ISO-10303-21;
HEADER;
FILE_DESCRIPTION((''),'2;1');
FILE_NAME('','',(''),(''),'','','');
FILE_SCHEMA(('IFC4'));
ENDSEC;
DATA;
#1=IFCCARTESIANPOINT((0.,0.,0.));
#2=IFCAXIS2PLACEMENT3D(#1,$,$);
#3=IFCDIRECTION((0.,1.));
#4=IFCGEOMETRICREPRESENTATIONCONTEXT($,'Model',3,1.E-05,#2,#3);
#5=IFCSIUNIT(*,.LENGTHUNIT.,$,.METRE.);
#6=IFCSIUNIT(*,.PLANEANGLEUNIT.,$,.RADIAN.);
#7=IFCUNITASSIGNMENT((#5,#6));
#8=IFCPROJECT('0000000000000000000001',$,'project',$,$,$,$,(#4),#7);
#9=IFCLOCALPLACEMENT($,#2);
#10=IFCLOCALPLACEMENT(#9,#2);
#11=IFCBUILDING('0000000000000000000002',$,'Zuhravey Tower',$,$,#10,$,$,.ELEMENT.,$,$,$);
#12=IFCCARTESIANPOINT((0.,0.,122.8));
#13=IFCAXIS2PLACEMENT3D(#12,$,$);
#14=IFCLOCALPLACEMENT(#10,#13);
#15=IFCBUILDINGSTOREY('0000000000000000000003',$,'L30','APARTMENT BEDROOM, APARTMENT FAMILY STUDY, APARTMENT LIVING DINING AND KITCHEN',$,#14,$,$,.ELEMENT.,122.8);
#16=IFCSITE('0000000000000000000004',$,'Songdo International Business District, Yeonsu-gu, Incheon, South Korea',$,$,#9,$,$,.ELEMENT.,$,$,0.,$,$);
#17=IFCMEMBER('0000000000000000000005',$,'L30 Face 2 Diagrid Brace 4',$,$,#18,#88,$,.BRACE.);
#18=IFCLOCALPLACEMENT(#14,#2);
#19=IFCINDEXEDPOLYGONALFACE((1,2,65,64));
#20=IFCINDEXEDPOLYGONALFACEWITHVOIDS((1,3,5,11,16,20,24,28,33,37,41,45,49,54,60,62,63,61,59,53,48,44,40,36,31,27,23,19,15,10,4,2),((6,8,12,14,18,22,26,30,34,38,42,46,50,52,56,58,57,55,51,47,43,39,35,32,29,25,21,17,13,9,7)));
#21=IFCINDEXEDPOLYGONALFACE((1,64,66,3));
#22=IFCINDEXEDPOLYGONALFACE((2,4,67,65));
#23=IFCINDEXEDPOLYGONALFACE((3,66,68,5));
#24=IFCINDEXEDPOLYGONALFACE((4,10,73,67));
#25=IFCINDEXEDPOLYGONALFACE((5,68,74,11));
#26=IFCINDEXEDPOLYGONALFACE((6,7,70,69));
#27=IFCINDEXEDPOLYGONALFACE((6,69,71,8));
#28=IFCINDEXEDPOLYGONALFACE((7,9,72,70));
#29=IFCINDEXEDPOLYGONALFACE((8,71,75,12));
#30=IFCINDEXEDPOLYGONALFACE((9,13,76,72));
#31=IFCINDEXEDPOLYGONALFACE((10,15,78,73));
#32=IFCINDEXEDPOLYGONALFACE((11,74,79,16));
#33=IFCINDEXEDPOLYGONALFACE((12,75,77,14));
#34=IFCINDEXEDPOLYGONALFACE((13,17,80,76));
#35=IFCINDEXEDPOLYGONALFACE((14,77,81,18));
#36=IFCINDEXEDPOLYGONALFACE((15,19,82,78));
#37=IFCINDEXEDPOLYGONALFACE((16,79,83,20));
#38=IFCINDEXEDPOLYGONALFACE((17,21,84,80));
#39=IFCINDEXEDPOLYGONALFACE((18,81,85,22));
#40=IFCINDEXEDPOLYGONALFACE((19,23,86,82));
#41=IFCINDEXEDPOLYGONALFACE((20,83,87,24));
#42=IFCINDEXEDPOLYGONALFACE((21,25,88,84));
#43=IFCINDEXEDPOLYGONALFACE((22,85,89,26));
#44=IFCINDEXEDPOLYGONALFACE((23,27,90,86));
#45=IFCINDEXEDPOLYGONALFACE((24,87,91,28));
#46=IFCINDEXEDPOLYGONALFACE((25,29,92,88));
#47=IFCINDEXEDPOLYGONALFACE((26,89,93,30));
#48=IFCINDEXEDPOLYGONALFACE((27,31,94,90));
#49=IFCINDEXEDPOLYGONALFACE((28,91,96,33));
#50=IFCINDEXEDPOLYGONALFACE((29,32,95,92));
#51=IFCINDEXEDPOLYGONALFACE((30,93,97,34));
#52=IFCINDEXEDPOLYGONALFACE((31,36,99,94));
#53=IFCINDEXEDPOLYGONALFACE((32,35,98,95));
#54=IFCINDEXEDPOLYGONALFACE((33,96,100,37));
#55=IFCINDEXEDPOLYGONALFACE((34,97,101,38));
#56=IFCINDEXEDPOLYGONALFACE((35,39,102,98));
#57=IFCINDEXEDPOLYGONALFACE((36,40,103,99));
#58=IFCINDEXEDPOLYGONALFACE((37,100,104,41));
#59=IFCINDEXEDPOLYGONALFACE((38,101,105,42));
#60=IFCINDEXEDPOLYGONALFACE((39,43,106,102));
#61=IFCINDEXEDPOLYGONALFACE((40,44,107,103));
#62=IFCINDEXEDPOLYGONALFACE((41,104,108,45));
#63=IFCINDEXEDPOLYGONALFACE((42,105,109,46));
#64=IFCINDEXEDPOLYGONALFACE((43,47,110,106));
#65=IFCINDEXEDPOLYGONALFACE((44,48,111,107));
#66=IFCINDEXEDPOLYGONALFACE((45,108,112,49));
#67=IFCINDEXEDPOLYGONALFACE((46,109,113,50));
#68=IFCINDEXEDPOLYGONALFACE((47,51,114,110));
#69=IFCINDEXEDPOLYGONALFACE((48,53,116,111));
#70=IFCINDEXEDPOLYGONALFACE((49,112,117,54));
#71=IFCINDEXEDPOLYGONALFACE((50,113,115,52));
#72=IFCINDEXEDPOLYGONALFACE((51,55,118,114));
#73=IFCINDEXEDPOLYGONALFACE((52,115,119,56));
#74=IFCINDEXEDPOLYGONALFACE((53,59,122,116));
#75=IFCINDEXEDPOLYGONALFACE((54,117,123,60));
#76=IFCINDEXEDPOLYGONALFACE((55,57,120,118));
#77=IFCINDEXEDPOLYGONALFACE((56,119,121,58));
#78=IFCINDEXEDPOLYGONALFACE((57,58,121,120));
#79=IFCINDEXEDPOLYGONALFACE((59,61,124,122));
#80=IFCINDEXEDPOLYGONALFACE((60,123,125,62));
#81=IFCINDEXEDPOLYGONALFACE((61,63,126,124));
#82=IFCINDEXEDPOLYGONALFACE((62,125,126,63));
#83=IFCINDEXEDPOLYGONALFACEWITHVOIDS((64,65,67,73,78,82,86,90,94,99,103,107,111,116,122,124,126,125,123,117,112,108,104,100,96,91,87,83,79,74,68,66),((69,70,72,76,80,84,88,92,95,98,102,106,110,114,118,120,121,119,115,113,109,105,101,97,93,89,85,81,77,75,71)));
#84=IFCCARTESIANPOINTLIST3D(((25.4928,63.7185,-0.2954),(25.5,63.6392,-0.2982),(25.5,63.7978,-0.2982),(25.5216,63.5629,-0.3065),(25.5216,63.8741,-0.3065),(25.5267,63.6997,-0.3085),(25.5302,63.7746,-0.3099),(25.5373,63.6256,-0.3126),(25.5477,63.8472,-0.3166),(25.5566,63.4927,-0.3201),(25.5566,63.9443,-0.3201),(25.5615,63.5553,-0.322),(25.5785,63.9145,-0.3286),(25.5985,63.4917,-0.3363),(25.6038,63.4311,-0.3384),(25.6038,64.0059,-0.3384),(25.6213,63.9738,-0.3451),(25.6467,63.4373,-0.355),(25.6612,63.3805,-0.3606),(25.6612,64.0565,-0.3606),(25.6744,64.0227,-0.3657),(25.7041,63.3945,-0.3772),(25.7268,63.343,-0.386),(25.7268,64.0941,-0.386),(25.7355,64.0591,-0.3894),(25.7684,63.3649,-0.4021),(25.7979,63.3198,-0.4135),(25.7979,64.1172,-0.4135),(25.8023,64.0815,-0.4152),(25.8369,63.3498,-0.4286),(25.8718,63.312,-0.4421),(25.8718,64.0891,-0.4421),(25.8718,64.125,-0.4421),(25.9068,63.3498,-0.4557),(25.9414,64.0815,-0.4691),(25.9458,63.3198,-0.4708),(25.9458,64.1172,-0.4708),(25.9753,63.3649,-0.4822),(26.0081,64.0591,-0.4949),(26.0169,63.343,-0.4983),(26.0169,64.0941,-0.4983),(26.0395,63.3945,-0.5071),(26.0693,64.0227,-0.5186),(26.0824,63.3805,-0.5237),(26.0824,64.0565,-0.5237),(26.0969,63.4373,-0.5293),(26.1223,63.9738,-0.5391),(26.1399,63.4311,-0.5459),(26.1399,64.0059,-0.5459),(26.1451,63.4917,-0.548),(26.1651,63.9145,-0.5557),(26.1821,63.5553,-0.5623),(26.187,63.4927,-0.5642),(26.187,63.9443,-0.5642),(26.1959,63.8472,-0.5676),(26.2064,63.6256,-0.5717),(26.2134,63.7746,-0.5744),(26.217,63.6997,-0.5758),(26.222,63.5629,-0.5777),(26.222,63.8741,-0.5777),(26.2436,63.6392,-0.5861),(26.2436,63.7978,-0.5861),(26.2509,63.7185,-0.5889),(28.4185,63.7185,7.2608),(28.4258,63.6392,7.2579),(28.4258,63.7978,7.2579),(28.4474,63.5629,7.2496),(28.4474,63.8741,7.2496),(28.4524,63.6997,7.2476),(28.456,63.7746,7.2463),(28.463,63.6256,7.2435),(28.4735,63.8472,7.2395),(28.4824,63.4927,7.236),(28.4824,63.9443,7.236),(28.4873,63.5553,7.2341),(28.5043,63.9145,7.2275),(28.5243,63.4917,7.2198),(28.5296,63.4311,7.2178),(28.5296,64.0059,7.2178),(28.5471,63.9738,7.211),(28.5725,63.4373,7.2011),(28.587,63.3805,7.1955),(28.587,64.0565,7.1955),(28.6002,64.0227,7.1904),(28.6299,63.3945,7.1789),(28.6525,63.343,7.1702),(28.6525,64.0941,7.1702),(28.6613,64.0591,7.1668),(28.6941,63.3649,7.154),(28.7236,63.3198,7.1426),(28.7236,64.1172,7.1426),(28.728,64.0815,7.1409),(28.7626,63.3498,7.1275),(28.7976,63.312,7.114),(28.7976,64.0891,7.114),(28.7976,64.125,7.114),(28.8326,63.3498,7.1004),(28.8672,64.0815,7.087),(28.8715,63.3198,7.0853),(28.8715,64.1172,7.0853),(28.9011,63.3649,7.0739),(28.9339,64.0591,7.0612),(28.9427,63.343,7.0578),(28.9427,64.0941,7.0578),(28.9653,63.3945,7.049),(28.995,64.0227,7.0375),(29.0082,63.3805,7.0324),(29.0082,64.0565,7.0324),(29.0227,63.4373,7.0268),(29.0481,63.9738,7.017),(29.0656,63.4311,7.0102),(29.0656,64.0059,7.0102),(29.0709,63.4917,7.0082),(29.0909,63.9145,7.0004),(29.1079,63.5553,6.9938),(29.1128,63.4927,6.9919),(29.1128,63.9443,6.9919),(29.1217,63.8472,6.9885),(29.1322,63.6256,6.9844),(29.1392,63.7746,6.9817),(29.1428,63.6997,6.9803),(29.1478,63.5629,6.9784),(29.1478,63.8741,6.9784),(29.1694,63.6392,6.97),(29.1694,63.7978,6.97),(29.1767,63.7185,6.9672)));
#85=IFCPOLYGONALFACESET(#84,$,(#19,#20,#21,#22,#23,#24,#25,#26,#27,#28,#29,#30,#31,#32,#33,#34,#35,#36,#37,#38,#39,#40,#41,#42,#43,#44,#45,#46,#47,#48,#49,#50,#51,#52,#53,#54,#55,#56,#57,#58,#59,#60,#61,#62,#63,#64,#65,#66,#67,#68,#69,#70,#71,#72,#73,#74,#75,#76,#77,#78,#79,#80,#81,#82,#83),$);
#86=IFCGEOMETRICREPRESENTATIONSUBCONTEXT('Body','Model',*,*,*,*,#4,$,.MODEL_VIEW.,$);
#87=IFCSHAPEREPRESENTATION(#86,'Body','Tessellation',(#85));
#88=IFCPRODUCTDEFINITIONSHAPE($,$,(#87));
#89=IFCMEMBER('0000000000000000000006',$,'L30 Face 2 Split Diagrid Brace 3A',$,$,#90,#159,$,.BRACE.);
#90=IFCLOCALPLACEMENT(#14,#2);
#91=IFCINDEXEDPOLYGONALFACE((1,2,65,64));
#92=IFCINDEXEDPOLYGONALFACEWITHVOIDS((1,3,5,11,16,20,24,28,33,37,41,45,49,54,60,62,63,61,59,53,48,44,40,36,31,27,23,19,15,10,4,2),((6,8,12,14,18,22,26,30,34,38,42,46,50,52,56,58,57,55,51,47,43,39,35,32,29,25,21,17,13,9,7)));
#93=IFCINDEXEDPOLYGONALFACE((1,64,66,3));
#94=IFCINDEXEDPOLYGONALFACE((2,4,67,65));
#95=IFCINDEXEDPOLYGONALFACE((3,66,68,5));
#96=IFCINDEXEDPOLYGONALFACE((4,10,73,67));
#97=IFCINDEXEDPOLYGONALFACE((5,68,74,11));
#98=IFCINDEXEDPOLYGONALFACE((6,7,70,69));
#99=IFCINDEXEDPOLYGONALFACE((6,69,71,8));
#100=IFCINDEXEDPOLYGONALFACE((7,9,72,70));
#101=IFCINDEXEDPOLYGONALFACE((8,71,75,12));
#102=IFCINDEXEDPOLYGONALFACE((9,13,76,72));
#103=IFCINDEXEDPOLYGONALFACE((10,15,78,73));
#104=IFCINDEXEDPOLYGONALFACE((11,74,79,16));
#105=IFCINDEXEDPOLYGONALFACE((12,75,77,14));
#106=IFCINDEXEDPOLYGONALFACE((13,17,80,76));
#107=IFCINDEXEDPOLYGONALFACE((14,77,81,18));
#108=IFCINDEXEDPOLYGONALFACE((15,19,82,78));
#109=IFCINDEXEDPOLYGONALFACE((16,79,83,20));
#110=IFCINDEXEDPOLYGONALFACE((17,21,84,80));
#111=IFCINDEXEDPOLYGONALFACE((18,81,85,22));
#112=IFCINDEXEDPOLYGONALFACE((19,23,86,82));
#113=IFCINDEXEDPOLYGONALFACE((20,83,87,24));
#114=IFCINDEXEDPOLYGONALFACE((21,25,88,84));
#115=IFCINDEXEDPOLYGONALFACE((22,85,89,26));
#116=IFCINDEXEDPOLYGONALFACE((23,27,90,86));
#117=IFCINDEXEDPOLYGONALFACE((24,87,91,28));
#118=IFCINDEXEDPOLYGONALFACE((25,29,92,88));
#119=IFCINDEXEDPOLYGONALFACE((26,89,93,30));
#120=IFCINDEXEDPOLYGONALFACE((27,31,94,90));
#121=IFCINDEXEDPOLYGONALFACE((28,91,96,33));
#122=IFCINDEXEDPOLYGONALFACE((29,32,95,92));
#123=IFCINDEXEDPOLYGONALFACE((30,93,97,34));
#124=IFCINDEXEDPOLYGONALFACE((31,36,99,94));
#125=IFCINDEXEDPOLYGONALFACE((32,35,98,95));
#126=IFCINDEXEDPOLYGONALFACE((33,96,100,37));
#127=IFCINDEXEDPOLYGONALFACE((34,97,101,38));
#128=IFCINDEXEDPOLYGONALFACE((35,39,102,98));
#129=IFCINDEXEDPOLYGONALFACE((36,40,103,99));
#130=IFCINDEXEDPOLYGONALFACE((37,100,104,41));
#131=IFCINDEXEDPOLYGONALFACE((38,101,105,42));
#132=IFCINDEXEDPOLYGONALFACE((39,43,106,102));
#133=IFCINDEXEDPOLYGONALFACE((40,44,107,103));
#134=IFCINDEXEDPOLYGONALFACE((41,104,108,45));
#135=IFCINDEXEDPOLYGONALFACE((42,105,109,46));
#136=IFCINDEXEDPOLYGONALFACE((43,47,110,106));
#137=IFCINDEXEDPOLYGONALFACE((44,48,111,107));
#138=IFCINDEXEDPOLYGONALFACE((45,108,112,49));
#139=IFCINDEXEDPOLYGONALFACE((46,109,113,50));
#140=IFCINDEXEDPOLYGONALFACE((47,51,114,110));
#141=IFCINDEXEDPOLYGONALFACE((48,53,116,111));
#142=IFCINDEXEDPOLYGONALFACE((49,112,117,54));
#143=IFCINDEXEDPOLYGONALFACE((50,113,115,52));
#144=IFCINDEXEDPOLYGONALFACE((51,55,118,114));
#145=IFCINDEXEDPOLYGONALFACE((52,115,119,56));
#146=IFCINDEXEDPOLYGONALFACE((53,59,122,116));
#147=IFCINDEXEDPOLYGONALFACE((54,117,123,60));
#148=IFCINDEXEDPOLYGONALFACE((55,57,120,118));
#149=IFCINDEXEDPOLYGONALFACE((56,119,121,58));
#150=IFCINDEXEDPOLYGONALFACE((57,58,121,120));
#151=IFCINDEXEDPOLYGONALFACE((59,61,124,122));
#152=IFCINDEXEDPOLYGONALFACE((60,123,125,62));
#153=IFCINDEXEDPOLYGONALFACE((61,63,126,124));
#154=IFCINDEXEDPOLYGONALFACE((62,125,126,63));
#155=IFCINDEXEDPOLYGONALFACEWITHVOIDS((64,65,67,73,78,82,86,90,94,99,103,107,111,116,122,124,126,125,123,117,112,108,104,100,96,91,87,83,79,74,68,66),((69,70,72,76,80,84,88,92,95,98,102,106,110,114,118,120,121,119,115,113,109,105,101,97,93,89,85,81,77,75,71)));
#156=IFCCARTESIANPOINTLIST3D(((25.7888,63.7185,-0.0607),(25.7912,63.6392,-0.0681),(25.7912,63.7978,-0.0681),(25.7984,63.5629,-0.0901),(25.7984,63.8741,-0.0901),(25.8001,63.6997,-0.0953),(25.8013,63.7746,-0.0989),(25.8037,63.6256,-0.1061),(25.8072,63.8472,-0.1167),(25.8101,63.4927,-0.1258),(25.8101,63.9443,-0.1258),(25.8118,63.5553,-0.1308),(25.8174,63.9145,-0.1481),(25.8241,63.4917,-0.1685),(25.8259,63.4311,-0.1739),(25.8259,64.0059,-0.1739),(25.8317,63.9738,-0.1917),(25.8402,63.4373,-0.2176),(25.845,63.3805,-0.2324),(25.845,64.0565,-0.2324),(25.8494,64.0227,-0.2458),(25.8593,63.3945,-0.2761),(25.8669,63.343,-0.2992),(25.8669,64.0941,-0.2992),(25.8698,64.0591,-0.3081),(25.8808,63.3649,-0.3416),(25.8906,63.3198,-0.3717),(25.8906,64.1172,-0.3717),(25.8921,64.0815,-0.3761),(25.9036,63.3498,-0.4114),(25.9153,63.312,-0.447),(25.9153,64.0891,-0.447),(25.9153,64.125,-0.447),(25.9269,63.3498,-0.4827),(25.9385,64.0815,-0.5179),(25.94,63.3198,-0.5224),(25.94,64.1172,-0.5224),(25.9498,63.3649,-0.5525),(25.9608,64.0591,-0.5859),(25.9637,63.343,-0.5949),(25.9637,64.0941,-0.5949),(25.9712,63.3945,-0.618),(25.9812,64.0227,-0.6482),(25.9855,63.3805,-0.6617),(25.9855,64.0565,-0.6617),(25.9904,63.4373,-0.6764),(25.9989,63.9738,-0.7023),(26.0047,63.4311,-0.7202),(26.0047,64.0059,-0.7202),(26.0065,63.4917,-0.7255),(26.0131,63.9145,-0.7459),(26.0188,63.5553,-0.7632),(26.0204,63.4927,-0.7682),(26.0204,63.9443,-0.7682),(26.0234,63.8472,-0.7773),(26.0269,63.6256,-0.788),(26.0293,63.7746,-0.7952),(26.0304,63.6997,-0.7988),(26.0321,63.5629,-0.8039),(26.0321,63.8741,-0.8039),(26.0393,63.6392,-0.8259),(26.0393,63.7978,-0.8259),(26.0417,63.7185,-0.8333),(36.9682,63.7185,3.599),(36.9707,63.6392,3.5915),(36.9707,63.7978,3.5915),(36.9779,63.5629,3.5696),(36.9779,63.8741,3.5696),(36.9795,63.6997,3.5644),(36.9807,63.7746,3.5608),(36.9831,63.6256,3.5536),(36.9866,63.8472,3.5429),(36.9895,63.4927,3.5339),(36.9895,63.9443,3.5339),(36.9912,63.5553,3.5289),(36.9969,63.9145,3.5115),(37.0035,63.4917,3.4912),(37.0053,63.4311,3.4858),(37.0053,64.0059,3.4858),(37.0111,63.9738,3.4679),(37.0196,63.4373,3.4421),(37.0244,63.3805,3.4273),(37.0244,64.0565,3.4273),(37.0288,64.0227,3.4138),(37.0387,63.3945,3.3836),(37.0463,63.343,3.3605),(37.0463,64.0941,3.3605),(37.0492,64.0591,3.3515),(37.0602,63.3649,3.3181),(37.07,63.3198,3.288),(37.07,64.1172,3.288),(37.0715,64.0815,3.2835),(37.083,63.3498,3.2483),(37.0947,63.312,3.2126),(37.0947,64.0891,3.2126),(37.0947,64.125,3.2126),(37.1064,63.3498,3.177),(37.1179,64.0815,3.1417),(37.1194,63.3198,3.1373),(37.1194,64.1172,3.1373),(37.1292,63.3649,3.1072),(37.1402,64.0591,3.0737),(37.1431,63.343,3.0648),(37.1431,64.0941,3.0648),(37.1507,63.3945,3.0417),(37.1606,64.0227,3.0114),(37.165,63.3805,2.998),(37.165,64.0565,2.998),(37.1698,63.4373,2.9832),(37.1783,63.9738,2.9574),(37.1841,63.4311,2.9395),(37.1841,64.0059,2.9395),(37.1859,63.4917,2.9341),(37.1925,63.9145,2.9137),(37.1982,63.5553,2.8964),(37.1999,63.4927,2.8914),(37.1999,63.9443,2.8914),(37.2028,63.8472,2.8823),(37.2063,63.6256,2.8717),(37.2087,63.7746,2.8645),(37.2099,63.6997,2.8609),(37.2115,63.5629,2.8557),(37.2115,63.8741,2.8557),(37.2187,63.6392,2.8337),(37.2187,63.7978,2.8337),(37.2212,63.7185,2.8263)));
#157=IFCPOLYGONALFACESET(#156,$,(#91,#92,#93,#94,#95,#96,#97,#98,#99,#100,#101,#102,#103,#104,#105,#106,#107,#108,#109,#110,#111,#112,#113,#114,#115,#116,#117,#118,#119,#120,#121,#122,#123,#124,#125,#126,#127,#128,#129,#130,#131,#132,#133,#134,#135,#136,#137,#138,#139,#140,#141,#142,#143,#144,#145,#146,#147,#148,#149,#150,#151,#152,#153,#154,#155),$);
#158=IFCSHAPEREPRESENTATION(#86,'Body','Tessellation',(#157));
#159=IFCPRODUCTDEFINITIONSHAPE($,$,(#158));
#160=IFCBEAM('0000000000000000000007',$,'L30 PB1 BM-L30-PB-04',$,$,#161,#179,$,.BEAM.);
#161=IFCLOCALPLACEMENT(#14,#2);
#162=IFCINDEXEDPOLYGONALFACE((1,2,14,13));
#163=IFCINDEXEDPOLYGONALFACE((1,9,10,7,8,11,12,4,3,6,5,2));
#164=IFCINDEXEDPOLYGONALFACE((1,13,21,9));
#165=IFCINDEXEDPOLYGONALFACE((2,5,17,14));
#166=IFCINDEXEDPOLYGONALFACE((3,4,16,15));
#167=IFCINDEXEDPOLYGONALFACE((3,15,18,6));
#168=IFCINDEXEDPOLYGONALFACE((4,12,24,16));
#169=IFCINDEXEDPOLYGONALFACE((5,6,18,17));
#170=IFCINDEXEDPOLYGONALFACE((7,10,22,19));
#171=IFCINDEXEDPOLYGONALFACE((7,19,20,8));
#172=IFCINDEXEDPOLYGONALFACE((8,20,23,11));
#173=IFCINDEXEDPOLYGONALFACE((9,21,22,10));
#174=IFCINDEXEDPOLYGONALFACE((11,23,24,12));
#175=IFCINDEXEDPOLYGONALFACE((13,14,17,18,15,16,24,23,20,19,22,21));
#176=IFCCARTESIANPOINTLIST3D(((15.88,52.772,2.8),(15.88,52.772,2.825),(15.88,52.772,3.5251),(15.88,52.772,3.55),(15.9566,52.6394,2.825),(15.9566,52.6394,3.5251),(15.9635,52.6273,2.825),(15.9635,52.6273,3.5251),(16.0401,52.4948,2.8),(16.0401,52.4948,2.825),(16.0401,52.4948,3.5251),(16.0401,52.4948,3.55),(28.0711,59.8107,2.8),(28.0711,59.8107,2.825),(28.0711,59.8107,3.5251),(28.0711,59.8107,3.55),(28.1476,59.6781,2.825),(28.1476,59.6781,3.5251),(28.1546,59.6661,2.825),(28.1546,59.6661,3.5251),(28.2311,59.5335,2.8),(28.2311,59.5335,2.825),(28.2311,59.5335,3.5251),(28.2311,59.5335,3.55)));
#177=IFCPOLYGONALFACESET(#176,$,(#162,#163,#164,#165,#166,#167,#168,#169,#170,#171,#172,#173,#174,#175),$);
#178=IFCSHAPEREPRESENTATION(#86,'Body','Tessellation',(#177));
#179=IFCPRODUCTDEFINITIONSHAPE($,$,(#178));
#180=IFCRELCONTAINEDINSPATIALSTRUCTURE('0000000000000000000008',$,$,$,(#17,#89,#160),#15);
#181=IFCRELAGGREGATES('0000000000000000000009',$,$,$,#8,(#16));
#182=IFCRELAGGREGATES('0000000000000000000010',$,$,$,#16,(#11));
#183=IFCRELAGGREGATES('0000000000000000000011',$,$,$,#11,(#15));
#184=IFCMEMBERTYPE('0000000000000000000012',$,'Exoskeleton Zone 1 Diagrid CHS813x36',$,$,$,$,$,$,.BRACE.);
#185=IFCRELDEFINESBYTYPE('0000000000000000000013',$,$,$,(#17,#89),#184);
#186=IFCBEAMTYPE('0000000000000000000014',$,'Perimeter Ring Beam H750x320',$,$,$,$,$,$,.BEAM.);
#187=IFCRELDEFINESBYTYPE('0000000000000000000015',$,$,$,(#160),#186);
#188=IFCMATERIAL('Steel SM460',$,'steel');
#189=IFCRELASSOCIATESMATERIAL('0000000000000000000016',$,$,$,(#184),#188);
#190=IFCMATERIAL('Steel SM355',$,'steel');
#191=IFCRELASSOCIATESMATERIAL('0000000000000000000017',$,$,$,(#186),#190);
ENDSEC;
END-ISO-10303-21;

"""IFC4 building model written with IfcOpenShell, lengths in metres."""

from ifc_helpers import new_model, si_unit, direction, frame, origin, origin_2d, place, context, subcontext, project, spatial, hollow_circle, i_section, extrude, material, material_profile, profile_set, type_object, element, save


model = new_model("IFC4")

# Units and contexts
model_context = context("Model", 3, precision=1e-05, world=origin(), true_north=direction((0.0, 1.0)))
body_context = subcontext(model_context, "Body", "Model", "MODEL_VIEW")
ifc_project = project(units=[si_unit("LENGTHUNIT", "METRE"), si_unit("PLANEANGLEUNIT", "RADIAN")], contexts=[model_context])

# Site, building, storey
site_placement = place(None, origin())
site = spatial("IfcSite", under=ifc_project, at=site_placement, Name="Songdo International Business District, Yeonsu-gu, Incheon, South Korea", CompositionType="ELEMENT", RefElevation=0.0)
building_placement = place(site_placement, origin())
building = spatial("IfcBuilding", under=site, at=building_placement, Name="Zuhravey Tower", CompositionType="ELEMENT")
storey_placement = place(building_placement, frame((0.0, 0.0, 122.8)))
storey = spatial("IfcBuildingStorey", under=building, at=storey_placement, Name="L30", Description="APARTMENT BEDROOM, APARTMENT FAMILY STUDY, APARTMENT LIVING DINING AND KITCHEN", CompositionType="ELEMENT", Elevation=122.8)

# Members
ifc_material_1 = material(Name="Steel SM460", Category="steel")
ifc_material_profile_1 = material_profile(ifc_material_1, hollow_circle(Radius=0.4065, WallThickness=0.0359, at=origin_2d()), Name="CHS-812.8x36")
ifc_profile_set_1 = profile_set([ifc_material_profile_1], Name="Steel SM460")
member_type_1 = type_object("IfcMemberType", Name="Exoskeleton Zone 1 Diagrid CHS813x36", PredefinedType="BRACE", material=ifc_profile_set_1)
member_1_placement = place(storey_placement, frame((25.8718, 63.7185, -0.4421), z_axis=(0.361082, 0.0, 0.932534), x_axis=(0.0, 1.0, 0.0)))
element("IfcMember", 1, at=member_1_placement, inside=storey, type_object=member_type_1, Name="L30 Face 2 Diagrid Brace 4", PredefinedType="BRACE", context=body_context, shape_type="SweptSolid", body=[
    extrude(hollow_circle(Radius=0.4065, WallThickness=0.0359, at=origin_2d()), origin(), (0.0, 0.0, 1.0), 8.1028),
])
member_2_placement = place(storey_placement, frame((25.9153, 63.7185, -0.447), z_axis=(0.950373, 0.0, 0.311111), x_axis=(0.0, 1.0, 0.0)))
element("IfcMember", 2, at=member_2_placement, inside=storey, type_object=member_type_1, Name="L30 Face 2 Split Diagrid Brace 3A", PredefinedType="BRACE", context=body_context, shape_type="SweptSolid", body=[
    extrude(hollow_circle(Radius=0.4065, WallThickness=0.0359, at=origin_2d()), origin(), (0.0, 0.0, 1.0), 11.7632),
])

# Beam
ifc_material_2 = material(Name="Steel SM355", Category="steel")
ifc_material_profile_2 = material_profile(ifc_material_2, i_section(OverallWidth=0.3201, OverallDepth=0.75, WebThickness=0.0139, FlangeThickness=0.0249, at=origin_2d()), Name="H-750x320x14x25")
ifc_profile_set_2 = profile_set([ifc_material_profile_2], Name="Steel SM355")
beam_type_1 = type_object("IfcBeamType", Name="Perimeter Ring Beam H750x320", PredefinedType="BEAM", material=ifc_profile_set_2)
beam_1_placement = place(storey_placement, frame((28.1511, 59.6721, 3.175), z_axis=(-0.866018, -0.500013, 0.0), x_axis=(0.500013, -0.866018, 0.0)))
element("IfcBeam", 3, at=beam_1_placement, inside=storey, type_object=beam_type_1, Name="L30 PB1 BM-L30-PB-04", PredefinedType="BEAM", context=body_context, shape_type="SweptSolid", body=[
    extrude(i_section(OverallWidth=0.3201, OverallDepth=0.75, WebThickness=0.0139, FlangeThickness=0.0249, at=origin_2d()), origin(), (0.0, 0.0, 1.0), 14.0771),
])

save(model, "model.ifc")
